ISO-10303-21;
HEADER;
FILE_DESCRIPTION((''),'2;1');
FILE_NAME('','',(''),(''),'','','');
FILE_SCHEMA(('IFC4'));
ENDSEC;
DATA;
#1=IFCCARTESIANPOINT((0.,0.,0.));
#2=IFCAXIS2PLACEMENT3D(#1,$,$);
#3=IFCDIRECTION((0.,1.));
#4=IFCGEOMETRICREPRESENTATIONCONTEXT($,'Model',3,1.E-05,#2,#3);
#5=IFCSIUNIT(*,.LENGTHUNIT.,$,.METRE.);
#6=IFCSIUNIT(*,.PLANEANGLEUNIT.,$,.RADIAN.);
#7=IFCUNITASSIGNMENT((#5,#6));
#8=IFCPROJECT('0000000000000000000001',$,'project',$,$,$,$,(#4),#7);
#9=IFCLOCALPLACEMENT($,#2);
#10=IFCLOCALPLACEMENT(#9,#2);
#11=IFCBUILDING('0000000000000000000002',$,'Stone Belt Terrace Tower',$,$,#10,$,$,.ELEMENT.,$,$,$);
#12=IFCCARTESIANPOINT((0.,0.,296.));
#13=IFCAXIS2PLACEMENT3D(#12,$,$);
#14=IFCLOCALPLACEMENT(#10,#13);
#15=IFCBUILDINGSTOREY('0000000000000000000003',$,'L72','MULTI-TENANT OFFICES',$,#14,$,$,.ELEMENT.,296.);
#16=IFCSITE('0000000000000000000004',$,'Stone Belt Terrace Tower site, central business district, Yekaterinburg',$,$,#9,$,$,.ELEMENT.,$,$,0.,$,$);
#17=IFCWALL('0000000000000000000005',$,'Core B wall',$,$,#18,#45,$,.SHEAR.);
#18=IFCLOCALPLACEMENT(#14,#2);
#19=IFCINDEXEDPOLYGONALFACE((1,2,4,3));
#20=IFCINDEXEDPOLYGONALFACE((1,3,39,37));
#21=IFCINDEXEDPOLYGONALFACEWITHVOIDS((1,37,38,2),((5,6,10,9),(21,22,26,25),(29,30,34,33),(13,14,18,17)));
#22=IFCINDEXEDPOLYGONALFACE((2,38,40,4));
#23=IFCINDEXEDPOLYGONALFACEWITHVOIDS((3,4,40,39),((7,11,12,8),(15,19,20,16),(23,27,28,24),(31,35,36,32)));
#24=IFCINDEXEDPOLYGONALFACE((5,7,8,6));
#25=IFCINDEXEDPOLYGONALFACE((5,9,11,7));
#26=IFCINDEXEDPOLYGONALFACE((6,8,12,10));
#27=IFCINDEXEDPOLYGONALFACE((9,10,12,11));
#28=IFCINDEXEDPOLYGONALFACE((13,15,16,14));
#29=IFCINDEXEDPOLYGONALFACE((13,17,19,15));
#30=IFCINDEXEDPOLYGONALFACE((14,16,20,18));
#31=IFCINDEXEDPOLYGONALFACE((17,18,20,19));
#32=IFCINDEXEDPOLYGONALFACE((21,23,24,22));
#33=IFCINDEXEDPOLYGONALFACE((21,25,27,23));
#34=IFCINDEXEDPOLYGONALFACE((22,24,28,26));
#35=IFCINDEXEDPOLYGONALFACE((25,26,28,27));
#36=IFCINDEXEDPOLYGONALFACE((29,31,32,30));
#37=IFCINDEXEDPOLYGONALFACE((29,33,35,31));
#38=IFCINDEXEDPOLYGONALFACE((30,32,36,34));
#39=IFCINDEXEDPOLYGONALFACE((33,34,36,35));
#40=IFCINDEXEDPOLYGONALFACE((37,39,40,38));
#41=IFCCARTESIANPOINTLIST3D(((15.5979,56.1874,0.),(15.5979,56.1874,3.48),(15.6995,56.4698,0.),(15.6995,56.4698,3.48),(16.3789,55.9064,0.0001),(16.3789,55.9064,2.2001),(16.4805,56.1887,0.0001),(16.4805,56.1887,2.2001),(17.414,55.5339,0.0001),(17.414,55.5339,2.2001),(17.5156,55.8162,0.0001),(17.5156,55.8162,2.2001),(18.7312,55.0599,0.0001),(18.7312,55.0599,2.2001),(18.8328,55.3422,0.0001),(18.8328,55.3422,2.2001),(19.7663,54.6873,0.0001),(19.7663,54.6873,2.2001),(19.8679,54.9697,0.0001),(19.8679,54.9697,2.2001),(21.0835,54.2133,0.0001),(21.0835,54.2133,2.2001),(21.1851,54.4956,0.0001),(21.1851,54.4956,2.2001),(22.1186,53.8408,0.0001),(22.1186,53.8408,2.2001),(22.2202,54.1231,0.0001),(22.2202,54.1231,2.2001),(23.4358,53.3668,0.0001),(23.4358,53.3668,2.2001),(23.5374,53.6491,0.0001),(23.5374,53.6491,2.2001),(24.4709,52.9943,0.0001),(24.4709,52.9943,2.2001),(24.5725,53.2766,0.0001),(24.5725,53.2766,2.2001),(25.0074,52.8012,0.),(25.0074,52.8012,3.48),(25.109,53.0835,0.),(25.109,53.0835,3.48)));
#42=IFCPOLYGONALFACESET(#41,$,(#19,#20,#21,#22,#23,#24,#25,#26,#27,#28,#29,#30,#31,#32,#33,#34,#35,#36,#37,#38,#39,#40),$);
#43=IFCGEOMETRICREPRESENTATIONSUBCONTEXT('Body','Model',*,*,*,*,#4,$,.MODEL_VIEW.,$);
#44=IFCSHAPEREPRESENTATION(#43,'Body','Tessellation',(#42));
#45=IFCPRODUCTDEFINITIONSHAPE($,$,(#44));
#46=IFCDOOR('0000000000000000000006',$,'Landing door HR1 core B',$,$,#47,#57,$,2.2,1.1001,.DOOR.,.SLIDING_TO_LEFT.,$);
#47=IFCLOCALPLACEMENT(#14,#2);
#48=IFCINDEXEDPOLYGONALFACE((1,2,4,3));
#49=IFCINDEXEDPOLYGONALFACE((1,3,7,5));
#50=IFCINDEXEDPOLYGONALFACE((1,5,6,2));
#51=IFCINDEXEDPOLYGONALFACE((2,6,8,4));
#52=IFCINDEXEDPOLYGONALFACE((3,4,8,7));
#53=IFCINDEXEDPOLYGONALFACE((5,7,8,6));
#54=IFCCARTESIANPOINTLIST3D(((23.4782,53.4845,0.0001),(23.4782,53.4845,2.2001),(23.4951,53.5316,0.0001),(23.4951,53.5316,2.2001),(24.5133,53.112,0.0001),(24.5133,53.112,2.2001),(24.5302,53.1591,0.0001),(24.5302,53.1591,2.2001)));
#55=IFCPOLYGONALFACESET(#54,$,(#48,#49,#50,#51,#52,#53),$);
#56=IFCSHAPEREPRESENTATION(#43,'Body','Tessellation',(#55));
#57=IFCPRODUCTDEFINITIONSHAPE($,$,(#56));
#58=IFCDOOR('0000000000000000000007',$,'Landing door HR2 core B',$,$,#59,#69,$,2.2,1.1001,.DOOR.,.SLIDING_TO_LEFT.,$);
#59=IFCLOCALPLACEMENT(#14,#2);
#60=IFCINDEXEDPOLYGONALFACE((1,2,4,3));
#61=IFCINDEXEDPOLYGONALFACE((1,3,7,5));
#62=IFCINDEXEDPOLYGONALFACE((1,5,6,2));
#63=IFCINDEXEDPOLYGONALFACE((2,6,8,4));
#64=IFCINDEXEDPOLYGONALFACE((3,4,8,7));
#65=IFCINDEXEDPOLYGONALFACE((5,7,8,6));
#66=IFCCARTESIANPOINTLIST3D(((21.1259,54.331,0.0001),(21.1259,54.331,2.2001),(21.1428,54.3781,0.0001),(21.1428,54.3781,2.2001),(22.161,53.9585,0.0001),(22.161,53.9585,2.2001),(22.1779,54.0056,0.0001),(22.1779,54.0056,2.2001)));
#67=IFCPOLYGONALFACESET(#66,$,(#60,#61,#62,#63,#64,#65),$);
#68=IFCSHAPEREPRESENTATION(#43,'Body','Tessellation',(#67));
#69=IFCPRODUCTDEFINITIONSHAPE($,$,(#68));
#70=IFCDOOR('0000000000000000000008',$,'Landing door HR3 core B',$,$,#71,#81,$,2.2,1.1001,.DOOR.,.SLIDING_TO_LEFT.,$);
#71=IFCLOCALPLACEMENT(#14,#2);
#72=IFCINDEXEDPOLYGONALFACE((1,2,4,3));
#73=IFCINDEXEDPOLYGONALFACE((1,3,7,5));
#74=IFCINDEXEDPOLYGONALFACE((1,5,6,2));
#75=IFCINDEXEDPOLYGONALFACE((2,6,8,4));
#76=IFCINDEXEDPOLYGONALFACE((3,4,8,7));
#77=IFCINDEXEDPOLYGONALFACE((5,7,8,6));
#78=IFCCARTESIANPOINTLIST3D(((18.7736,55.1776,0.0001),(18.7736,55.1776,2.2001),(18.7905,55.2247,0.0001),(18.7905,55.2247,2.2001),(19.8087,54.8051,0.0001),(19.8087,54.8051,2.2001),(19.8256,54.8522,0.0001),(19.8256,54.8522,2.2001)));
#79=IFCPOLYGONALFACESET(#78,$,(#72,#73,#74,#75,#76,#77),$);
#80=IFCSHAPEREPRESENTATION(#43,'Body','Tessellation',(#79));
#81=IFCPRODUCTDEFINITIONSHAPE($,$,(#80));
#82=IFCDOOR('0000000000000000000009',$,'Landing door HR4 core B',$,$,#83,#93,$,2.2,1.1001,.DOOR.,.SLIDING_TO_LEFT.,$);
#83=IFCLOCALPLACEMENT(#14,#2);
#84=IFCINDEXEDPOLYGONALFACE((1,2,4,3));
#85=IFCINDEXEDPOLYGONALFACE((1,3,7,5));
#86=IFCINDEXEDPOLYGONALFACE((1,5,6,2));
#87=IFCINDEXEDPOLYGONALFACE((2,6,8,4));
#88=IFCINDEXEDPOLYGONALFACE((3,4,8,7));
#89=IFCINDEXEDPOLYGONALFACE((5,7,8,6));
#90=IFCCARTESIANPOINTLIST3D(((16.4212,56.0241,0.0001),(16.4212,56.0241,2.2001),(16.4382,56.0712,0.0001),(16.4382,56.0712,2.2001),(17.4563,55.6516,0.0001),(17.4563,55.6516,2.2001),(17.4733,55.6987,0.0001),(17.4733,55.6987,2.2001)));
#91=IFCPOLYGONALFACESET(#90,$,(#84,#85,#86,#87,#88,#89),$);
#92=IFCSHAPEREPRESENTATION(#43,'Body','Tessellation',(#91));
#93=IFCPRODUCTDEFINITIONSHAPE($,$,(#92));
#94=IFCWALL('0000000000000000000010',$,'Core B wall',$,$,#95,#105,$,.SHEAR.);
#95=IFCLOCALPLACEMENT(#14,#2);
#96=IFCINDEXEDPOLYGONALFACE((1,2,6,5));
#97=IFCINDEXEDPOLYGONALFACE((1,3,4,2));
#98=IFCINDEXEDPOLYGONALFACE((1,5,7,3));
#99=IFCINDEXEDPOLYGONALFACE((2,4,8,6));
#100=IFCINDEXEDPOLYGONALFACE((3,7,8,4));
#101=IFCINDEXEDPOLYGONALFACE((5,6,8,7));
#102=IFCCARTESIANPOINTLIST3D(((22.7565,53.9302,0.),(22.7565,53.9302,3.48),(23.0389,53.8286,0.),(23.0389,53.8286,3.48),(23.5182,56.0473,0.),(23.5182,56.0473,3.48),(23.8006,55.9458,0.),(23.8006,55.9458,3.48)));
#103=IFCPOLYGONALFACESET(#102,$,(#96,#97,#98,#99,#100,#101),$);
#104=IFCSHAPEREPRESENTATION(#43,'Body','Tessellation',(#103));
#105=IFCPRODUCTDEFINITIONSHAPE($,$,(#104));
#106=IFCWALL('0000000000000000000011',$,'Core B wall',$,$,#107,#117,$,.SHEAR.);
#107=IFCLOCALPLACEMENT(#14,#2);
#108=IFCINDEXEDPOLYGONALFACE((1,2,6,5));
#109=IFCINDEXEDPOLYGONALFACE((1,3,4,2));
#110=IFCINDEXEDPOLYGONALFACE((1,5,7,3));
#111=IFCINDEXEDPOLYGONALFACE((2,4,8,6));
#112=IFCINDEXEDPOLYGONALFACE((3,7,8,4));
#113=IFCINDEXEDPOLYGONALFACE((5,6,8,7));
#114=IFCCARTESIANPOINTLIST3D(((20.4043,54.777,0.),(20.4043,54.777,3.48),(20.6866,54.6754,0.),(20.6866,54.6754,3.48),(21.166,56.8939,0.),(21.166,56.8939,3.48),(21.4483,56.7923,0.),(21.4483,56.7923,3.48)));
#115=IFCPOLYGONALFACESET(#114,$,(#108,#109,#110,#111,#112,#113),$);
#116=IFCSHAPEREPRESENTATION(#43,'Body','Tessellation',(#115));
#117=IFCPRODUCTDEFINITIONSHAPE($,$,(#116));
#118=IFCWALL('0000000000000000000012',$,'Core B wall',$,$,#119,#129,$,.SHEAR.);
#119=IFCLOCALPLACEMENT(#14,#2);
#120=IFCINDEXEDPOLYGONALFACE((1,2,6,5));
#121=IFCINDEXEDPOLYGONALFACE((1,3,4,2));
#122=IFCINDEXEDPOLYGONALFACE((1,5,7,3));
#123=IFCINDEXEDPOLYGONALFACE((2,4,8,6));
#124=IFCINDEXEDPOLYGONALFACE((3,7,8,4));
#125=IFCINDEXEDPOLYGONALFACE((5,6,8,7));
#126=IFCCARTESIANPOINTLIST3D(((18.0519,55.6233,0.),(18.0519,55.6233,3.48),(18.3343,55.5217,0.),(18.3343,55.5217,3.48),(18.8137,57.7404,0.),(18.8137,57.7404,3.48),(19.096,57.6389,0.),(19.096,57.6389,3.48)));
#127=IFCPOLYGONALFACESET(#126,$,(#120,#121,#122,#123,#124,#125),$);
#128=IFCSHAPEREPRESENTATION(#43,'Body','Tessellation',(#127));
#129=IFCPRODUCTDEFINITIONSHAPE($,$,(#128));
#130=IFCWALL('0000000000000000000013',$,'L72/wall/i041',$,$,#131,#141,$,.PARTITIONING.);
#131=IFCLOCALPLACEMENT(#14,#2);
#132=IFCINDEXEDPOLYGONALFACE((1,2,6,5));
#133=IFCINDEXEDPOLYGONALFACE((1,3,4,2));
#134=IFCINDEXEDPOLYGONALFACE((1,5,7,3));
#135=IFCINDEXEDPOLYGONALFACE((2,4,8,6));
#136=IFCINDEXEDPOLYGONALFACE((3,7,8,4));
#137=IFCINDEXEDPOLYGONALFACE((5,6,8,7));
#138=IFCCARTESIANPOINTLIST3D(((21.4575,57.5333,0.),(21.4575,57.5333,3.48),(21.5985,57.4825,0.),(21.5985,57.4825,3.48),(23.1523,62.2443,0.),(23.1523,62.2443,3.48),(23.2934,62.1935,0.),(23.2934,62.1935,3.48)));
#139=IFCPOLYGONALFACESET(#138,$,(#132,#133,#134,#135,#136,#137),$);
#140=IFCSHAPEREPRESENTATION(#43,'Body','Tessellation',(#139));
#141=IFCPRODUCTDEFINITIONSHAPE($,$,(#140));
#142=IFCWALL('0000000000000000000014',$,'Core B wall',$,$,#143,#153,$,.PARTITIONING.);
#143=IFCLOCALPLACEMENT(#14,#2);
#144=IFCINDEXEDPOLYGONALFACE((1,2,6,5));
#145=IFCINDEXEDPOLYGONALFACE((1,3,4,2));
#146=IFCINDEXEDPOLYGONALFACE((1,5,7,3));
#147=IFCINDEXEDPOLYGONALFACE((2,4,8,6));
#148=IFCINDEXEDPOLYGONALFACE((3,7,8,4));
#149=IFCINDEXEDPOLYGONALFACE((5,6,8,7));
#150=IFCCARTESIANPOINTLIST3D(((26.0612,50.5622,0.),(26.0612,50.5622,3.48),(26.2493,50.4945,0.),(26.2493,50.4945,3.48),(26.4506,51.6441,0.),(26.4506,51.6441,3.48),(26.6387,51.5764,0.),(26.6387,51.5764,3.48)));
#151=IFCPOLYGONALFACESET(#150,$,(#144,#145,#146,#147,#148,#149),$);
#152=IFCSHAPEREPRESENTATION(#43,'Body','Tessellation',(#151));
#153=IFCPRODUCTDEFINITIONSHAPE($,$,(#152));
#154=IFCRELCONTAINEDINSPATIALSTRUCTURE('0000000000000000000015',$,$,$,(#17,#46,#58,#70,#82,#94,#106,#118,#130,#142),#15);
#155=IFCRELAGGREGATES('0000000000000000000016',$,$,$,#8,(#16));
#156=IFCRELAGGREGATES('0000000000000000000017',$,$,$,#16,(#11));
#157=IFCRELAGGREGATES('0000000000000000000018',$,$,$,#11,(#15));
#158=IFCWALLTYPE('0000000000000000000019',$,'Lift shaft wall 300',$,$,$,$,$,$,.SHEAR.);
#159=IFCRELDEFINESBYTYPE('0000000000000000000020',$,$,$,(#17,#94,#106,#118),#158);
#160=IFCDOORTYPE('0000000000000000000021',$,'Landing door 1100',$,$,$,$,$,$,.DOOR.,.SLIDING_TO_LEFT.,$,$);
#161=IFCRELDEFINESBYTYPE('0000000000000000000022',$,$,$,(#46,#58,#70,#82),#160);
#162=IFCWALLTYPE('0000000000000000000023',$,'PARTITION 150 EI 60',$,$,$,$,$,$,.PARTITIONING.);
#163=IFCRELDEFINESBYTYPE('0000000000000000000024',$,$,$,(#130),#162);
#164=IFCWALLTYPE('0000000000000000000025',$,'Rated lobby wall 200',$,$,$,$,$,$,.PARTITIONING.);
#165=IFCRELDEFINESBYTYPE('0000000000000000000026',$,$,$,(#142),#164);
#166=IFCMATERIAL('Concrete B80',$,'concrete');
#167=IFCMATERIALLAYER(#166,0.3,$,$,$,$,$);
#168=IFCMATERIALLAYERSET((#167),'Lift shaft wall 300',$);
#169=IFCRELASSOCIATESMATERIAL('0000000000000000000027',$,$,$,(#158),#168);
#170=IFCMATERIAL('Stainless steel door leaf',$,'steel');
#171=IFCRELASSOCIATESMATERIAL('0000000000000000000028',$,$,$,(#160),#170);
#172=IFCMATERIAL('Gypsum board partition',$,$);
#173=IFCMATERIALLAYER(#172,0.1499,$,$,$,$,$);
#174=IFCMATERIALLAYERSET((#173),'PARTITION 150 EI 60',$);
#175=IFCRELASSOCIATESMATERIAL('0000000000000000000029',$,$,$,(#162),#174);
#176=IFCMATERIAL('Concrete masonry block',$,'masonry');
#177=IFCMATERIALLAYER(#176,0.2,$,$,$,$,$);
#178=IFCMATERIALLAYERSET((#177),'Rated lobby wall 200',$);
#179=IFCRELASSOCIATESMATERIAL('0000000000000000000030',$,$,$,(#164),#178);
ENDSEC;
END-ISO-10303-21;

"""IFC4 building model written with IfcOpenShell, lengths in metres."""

from ifc_helpers import new_model, si_unit, direction, frame, frame_2d, origin, place, context, subcontext, project, spatial, rectangle, extrude, material, layer, layer_set, type_object, element, fill, save


model = new_model("IFC4")

# Units and contexts
model_context = context("Model", 3, precision=1e-05, world=origin(), true_north=direction((0.0, 1.0)))
body_context = subcontext(model_context, "Body", "Model", "MODEL_VIEW")
ifc_project = project(units=[si_unit("LENGTHUNIT", "METRE"), si_unit("PLANEANGLEUNIT", "RADIAN")], contexts=[model_context])

# Site, building, storey
site_placement = place(None, origin())
site = spatial("IfcSite", under=ifc_project, at=site_placement, Name="Stone Belt Terrace Tower site, central business district, Yekaterinburg", CompositionType="ELEMENT", RefElevation=0.0)
building_placement = place(site_placement, origin())
building = spatial("IfcBuilding", under=site, at=building_placement, Name="Stone Belt Terrace Tower", CompositionType="ELEMENT")
storey_placement = place(building_placement, frame((0.0, 0.0, 296.0)))
storey = spatial("IfcBuildingStorey", under=building, at=storey_placement, Name="L72", Description="MULTI-TENANT OFFICES", CompositionType="ELEMENT", Elevation=296.0)

# Shared definitions
ifc_material_1 = material(Name="Concrete B80", Category="concrete")
ifc_layer_1 = layer(ifc_material_1, 0.3)
ifc_layer_set_1 = layer_set([ifc_layer_1], Name="Lift shaft wall 300")
wall_type_1 = type_object("IfcWallType", Name="Lift shaft wall 300", PredefinedType="SHEAR", material=ifc_layer_set_1)

# Wall, openings, doors
wall_1_placement = place(storey_placement, frame((25.0581, 52.9424, 0.0), z_axis=(0.0, 0.0, 1.0), x_axis=(-0.940924, 0.338617, 0.0)))
wall_1 = element("IfcWall", 1, at=wall_1_placement, inside=storey, type_object=wall_type_1, Name="Core B wall", PredefinedType="SHEAR", context=body_context, shape_type="SweptSolid", body=[
    extrude(rectangle(XDim=10.0002, YDim=0.3, at=frame_2d((5.0, 0.0))), origin(), (0.0, 0.0, 1.0), 3.48),
])
opening_1_placement = place(wall_1_placement, frame((0.5701, 0.0, 0.0)))
opening_1 = element("IfcOpeningElement", 2, at=opening_1_placement, cuts=wall_1, PredefinedType="OPENING", context=body_context, shape_type="SweptSolid", body=[
    extrude(rectangle(XDim=1.1001, YDim=2.2, at=frame_2d((0.55, 1.1001))), frame((0.0, 0.1599, 0.0), z_axis=(0.0, -1.0, 0.0), x_axis=(1.0, 0.0, 0.0)), (0.0, 0.0, 1.0), 0.3201),
])
opening_2_placement = place(wall_1_placement, frame((3.0701, 0.0, 0.0)))
opening_2 = element("IfcOpeningElement", 3, at=opening_2_placement, cuts=wall_1, PredefinedType="OPENING", context=body_context, shape_type="SweptSolid", body=[
    extrude(rectangle(XDim=1.1001, YDim=2.2, at=frame_2d((0.55, 1.1001))), frame((0.0, 0.1599, 0.0), z_axis=(0.0, -1.0, 0.0), x_axis=(1.0, 0.0, 0.0)), (0.0, 0.0, 1.0), 0.3201),
])
opening_3_placement = place(wall_1_placement, frame((5.5701, 0.0, 0.0)))
opening_3 = element("IfcOpeningElement", 4, at=opening_3_placement, cuts=wall_1, PredefinedType="OPENING", context=body_context, shape_type="SweptSolid", body=[
    extrude(rectangle(XDim=1.1001, YDim=2.2, at=frame_2d((0.55, 1.1001))), frame((0.0, 0.1599, 0.0), z_axis=(0.0, -1.0, 0.0), x_axis=(1.0, 0.0, 0.0)), (0.0, 0.0, 1.0), 0.3201),
])
opening_4_placement = place(wall_1_placement, frame((8.0701, 0.0, 0.0)))
opening_4 = element("IfcOpeningElement", 5, at=opening_4_placement, cuts=wall_1, PredefinedType="OPENING", context=body_context, shape_type="SweptSolid", body=[
    extrude(rectangle(XDim=1.1001, YDim=2.2, at=frame_2d((0.55, 1.1001))), frame((0.0, 0.1599, 0.0), z_axis=(0.0, -1.0, 0.0), x_axis=(1.0, 0.0, 0.0)), (0.0, 0.0, 1.0), 0.3201),
])
ifc_material_2 = material(Name="Stainless steel door leaf", Category="steel")
door_type_1 = type_object("IfcDoorType", Name="Landing door 1100", OperationType="SLIDING_TO_LEFT", PredefinedType="DOOR", material=ifc_material_2)
door_1_placement = place(opening_1_placement, origin())
door_1 = element("IfcDoor", 6, at=door_1_placement, inside=storey, type_object=door_type_1, Name="Landing door HR1 core B", OperationType="SLIDING_TO_LEFT", OverallHeight=2.2, OverallWidth=1.1001, PredefinedType="DOOR", context=body_context, shape_type="SweptSolid", body=[
    extrude(rectangle(XDim=1.1001, YDim=2.2, at=frame_2d((0.55, 1.1001))), frame((0.0, 0.0249, 0.0), z_axis=(0.0, -1.0, 0.0), x_axis=(1.0, 0.0, 0.0)), (0.0, 0.0, 1.0), 0.05),
])
fill(opening_1, door_1)
door_2_placement = place(opening_2_placement, origin())
door_2 = element("IfcDoor", 7, at=door_2_placement, inside=storey, type_object=door_type_1, Name="Landing door HR2 core B", OperationType="SLIDING_TO_LEFT", OverallHeight=2.2, OverallWidth=1.1001, PredefinedType="DOOR", context=body_context, shape_type="SweptSolid", body=[
    extrude(rectangle(XDim=1.1001, YDim=2.2, at=frame_2d((0.55, 1.1001))), frame((0.0, 0.0249, 0.0), z_axis=(0.0, -1.0, 0.0), x_axis=(1.0, 0.0, 0.0)), (0.0, 0.0, 1.0), 0.05),
])
fill(opening_2, door_2)
door_3_placement = place(opening_3_placement, origin())
door_3 = element("IfcDoor", 8, at=door_3_placement, inside=storey, type_object=door_type_1, Name="Landing door HR3 core B", OperationType="SLIDING_TO_LEFT", OverallHeight=2.2, OverallWidth=1.1001, PredefinedType="DOOR", context=body_context, shape_type="SweptSolid", body=[
    extrude(rectangle(XDim=1.1001, YDim=2.2, at=frame_2d((0.55, 1.1001))), frame((0.0, 0.0249, 0.0), z_axis=(0.0, -1.0, 0.0), x_axis=(1.0, 0.0, 0.0)), (0.0, 0.0, 1.0), 0.05),
])
fill(opening_3, door_3)
door_4_placement = place(opening_4_placement, origin())
door_4 = element("IfcDoor", 9, at=door_4_placement, inside=storey, type_object=door_type_1, Name="Landing door HR4 core B", OperationType="SLIDING_TO_LEFT", OverallHeight=2.2, OverallWidth=1.1001, PredefinedType="DOOR", context=body_context, shape_type="SweptSolid", body=[
    extrude(rectangle(XDim=1.1001, YDim=2.2, at=frame_2d((0.55, 1.1001))), frame((0.0, 0.0249, 0.0), z_axis=(0.0, -1.0, 0.0), x_axis=(1.0, 0.0, 0.0)), (0.0, 0.0, 1.0), 0.05),
])
fill(opening_4, door_4)

# Walls
wall_2_placement = place(storey_placement, frame((22.8977, 53.8794, 0.0), z_axis=(0.0, 0.0, 1.0), x_axis=(0.338535, 0.940954, 0.0)))
element("IfcWall", 10, at=wall_2_placement, inside=storey, type_object=wall_type_1, Name="Core B wall", PredefinedType="SHEAR", context=body_context, shape_type="SweptSolid", body=[
    extrude(rectangle(XDim=2.25, YDim=0.3, at=frame_2d((1.125, 0.0))), origin(), (0.0, 0.0, 1.0), 3.48),
])
wall_3_placement = place(storey_placement, frame((20.5454, 54.7261, 0.0), z_axis=(0.0, 0.0, 1.0), x_axis=(0.33857, 0.940941, 0.0)))
element("IfcWall", 11, at=wall_3_placement, inside=storey, type_object=wall_type_1, Name="Core B wall", PredefinedType="SHEAR", context=body_context, shape_type="SweptSolid", body=[
    extrude(rectangle(XDim=2.2498, YDim=0.3, at=frame_2d((1.125, 0.0))), origin(), (0.0, 0.0, 1.0), 3.48),
])
wall_4_placement = place(storey_placement, frame((18.1931, 55.5725, 0.0), z_axis=(0.0, 0.0, 1.0), x_axis=(0.338535, 0.940954, 0.0)))
element("IfcWall", 12, at=wall_4_placement, inside=storey, type_object=wall_type_1, Name="Core B wall", PredefinedType="SHEAR", context=body_context, shape_type="SweptSolid", body=[
    extrude(rectangle(XDim=2.25, YDim=0.3, at=frame_2d((1.125, 0.0))), origin(), (0.0, 0.0, 1.0), 3.48),
])
ifc_material_3 = material(Name="Gypsum board partition")
ifc_layer_2 = layer(ifc_material_3, 0.1499)
ifc_layer_set_2 = layer_set([ifc_layer_2], Name="PARTITION 150 EI 60")
wall_type_2 = type_object("IfcWallType", Name="PARTITION 150 EI 60", PredefinedType="PARTITIONING", material=ifc_layer_set_2)
wall_5_placement = place(storey_placement, frame((23.2229, 62.219, 0.0), z_axis=(0.0, 0.0, 1.0), x_axis=(-0.338523, -0.940958, 0.0)))
element("IfcWall", 13, at=wall_5_placement, inside=storey, type_object=wall_type_2, Name="L72/wall/i041", PredefinedType="PARTITIONING", context=body_context, shape_type="SweptSolid", body=[
    extrude(rectangle(XDim=5.0066, YDim=0.1499, at=frame_2d((2.5034, 0.0))), origin(), (0.0, 0.0, 1.0), 3.48),
])
ifc_material_4 = material(Name="Concrete masonry block", Category="masonry")
ifc_layer_3 = layer(ifc_material_4, 0.2)
ifc_layer_set_3 = layer_set([ifc_layer_3], Name="Rated lobby wall 200")
wall_type_3 = type_object("IfcWallType", Name="Rated lobby wall 200", PredefinedType="PARTITIONING", material=ifc_layer_set_3)
wall_6_placement = place(storey_placement, frame((26.1553, 50.5283, 0.0), z_axis=(0.0, 0.0, 1.0), x_axis=(0.338622, 0.940923, 0.0)))
element("IfcWall", 14, at=wall_6_placement, inside=storey, type_object=wall_type_3, Name="Core B wall", PredefinedType="PARTITIONING", context=body_context, shape_type="SweptSolid", body=[
    extrude(rectangle(XDim=1.1499, YDim=0.2, at=frame_2d((0.575, 0.0))), origin(), (0.0, 0.0, 1.0), 3.48),
])

save(model, "model.ifc")
